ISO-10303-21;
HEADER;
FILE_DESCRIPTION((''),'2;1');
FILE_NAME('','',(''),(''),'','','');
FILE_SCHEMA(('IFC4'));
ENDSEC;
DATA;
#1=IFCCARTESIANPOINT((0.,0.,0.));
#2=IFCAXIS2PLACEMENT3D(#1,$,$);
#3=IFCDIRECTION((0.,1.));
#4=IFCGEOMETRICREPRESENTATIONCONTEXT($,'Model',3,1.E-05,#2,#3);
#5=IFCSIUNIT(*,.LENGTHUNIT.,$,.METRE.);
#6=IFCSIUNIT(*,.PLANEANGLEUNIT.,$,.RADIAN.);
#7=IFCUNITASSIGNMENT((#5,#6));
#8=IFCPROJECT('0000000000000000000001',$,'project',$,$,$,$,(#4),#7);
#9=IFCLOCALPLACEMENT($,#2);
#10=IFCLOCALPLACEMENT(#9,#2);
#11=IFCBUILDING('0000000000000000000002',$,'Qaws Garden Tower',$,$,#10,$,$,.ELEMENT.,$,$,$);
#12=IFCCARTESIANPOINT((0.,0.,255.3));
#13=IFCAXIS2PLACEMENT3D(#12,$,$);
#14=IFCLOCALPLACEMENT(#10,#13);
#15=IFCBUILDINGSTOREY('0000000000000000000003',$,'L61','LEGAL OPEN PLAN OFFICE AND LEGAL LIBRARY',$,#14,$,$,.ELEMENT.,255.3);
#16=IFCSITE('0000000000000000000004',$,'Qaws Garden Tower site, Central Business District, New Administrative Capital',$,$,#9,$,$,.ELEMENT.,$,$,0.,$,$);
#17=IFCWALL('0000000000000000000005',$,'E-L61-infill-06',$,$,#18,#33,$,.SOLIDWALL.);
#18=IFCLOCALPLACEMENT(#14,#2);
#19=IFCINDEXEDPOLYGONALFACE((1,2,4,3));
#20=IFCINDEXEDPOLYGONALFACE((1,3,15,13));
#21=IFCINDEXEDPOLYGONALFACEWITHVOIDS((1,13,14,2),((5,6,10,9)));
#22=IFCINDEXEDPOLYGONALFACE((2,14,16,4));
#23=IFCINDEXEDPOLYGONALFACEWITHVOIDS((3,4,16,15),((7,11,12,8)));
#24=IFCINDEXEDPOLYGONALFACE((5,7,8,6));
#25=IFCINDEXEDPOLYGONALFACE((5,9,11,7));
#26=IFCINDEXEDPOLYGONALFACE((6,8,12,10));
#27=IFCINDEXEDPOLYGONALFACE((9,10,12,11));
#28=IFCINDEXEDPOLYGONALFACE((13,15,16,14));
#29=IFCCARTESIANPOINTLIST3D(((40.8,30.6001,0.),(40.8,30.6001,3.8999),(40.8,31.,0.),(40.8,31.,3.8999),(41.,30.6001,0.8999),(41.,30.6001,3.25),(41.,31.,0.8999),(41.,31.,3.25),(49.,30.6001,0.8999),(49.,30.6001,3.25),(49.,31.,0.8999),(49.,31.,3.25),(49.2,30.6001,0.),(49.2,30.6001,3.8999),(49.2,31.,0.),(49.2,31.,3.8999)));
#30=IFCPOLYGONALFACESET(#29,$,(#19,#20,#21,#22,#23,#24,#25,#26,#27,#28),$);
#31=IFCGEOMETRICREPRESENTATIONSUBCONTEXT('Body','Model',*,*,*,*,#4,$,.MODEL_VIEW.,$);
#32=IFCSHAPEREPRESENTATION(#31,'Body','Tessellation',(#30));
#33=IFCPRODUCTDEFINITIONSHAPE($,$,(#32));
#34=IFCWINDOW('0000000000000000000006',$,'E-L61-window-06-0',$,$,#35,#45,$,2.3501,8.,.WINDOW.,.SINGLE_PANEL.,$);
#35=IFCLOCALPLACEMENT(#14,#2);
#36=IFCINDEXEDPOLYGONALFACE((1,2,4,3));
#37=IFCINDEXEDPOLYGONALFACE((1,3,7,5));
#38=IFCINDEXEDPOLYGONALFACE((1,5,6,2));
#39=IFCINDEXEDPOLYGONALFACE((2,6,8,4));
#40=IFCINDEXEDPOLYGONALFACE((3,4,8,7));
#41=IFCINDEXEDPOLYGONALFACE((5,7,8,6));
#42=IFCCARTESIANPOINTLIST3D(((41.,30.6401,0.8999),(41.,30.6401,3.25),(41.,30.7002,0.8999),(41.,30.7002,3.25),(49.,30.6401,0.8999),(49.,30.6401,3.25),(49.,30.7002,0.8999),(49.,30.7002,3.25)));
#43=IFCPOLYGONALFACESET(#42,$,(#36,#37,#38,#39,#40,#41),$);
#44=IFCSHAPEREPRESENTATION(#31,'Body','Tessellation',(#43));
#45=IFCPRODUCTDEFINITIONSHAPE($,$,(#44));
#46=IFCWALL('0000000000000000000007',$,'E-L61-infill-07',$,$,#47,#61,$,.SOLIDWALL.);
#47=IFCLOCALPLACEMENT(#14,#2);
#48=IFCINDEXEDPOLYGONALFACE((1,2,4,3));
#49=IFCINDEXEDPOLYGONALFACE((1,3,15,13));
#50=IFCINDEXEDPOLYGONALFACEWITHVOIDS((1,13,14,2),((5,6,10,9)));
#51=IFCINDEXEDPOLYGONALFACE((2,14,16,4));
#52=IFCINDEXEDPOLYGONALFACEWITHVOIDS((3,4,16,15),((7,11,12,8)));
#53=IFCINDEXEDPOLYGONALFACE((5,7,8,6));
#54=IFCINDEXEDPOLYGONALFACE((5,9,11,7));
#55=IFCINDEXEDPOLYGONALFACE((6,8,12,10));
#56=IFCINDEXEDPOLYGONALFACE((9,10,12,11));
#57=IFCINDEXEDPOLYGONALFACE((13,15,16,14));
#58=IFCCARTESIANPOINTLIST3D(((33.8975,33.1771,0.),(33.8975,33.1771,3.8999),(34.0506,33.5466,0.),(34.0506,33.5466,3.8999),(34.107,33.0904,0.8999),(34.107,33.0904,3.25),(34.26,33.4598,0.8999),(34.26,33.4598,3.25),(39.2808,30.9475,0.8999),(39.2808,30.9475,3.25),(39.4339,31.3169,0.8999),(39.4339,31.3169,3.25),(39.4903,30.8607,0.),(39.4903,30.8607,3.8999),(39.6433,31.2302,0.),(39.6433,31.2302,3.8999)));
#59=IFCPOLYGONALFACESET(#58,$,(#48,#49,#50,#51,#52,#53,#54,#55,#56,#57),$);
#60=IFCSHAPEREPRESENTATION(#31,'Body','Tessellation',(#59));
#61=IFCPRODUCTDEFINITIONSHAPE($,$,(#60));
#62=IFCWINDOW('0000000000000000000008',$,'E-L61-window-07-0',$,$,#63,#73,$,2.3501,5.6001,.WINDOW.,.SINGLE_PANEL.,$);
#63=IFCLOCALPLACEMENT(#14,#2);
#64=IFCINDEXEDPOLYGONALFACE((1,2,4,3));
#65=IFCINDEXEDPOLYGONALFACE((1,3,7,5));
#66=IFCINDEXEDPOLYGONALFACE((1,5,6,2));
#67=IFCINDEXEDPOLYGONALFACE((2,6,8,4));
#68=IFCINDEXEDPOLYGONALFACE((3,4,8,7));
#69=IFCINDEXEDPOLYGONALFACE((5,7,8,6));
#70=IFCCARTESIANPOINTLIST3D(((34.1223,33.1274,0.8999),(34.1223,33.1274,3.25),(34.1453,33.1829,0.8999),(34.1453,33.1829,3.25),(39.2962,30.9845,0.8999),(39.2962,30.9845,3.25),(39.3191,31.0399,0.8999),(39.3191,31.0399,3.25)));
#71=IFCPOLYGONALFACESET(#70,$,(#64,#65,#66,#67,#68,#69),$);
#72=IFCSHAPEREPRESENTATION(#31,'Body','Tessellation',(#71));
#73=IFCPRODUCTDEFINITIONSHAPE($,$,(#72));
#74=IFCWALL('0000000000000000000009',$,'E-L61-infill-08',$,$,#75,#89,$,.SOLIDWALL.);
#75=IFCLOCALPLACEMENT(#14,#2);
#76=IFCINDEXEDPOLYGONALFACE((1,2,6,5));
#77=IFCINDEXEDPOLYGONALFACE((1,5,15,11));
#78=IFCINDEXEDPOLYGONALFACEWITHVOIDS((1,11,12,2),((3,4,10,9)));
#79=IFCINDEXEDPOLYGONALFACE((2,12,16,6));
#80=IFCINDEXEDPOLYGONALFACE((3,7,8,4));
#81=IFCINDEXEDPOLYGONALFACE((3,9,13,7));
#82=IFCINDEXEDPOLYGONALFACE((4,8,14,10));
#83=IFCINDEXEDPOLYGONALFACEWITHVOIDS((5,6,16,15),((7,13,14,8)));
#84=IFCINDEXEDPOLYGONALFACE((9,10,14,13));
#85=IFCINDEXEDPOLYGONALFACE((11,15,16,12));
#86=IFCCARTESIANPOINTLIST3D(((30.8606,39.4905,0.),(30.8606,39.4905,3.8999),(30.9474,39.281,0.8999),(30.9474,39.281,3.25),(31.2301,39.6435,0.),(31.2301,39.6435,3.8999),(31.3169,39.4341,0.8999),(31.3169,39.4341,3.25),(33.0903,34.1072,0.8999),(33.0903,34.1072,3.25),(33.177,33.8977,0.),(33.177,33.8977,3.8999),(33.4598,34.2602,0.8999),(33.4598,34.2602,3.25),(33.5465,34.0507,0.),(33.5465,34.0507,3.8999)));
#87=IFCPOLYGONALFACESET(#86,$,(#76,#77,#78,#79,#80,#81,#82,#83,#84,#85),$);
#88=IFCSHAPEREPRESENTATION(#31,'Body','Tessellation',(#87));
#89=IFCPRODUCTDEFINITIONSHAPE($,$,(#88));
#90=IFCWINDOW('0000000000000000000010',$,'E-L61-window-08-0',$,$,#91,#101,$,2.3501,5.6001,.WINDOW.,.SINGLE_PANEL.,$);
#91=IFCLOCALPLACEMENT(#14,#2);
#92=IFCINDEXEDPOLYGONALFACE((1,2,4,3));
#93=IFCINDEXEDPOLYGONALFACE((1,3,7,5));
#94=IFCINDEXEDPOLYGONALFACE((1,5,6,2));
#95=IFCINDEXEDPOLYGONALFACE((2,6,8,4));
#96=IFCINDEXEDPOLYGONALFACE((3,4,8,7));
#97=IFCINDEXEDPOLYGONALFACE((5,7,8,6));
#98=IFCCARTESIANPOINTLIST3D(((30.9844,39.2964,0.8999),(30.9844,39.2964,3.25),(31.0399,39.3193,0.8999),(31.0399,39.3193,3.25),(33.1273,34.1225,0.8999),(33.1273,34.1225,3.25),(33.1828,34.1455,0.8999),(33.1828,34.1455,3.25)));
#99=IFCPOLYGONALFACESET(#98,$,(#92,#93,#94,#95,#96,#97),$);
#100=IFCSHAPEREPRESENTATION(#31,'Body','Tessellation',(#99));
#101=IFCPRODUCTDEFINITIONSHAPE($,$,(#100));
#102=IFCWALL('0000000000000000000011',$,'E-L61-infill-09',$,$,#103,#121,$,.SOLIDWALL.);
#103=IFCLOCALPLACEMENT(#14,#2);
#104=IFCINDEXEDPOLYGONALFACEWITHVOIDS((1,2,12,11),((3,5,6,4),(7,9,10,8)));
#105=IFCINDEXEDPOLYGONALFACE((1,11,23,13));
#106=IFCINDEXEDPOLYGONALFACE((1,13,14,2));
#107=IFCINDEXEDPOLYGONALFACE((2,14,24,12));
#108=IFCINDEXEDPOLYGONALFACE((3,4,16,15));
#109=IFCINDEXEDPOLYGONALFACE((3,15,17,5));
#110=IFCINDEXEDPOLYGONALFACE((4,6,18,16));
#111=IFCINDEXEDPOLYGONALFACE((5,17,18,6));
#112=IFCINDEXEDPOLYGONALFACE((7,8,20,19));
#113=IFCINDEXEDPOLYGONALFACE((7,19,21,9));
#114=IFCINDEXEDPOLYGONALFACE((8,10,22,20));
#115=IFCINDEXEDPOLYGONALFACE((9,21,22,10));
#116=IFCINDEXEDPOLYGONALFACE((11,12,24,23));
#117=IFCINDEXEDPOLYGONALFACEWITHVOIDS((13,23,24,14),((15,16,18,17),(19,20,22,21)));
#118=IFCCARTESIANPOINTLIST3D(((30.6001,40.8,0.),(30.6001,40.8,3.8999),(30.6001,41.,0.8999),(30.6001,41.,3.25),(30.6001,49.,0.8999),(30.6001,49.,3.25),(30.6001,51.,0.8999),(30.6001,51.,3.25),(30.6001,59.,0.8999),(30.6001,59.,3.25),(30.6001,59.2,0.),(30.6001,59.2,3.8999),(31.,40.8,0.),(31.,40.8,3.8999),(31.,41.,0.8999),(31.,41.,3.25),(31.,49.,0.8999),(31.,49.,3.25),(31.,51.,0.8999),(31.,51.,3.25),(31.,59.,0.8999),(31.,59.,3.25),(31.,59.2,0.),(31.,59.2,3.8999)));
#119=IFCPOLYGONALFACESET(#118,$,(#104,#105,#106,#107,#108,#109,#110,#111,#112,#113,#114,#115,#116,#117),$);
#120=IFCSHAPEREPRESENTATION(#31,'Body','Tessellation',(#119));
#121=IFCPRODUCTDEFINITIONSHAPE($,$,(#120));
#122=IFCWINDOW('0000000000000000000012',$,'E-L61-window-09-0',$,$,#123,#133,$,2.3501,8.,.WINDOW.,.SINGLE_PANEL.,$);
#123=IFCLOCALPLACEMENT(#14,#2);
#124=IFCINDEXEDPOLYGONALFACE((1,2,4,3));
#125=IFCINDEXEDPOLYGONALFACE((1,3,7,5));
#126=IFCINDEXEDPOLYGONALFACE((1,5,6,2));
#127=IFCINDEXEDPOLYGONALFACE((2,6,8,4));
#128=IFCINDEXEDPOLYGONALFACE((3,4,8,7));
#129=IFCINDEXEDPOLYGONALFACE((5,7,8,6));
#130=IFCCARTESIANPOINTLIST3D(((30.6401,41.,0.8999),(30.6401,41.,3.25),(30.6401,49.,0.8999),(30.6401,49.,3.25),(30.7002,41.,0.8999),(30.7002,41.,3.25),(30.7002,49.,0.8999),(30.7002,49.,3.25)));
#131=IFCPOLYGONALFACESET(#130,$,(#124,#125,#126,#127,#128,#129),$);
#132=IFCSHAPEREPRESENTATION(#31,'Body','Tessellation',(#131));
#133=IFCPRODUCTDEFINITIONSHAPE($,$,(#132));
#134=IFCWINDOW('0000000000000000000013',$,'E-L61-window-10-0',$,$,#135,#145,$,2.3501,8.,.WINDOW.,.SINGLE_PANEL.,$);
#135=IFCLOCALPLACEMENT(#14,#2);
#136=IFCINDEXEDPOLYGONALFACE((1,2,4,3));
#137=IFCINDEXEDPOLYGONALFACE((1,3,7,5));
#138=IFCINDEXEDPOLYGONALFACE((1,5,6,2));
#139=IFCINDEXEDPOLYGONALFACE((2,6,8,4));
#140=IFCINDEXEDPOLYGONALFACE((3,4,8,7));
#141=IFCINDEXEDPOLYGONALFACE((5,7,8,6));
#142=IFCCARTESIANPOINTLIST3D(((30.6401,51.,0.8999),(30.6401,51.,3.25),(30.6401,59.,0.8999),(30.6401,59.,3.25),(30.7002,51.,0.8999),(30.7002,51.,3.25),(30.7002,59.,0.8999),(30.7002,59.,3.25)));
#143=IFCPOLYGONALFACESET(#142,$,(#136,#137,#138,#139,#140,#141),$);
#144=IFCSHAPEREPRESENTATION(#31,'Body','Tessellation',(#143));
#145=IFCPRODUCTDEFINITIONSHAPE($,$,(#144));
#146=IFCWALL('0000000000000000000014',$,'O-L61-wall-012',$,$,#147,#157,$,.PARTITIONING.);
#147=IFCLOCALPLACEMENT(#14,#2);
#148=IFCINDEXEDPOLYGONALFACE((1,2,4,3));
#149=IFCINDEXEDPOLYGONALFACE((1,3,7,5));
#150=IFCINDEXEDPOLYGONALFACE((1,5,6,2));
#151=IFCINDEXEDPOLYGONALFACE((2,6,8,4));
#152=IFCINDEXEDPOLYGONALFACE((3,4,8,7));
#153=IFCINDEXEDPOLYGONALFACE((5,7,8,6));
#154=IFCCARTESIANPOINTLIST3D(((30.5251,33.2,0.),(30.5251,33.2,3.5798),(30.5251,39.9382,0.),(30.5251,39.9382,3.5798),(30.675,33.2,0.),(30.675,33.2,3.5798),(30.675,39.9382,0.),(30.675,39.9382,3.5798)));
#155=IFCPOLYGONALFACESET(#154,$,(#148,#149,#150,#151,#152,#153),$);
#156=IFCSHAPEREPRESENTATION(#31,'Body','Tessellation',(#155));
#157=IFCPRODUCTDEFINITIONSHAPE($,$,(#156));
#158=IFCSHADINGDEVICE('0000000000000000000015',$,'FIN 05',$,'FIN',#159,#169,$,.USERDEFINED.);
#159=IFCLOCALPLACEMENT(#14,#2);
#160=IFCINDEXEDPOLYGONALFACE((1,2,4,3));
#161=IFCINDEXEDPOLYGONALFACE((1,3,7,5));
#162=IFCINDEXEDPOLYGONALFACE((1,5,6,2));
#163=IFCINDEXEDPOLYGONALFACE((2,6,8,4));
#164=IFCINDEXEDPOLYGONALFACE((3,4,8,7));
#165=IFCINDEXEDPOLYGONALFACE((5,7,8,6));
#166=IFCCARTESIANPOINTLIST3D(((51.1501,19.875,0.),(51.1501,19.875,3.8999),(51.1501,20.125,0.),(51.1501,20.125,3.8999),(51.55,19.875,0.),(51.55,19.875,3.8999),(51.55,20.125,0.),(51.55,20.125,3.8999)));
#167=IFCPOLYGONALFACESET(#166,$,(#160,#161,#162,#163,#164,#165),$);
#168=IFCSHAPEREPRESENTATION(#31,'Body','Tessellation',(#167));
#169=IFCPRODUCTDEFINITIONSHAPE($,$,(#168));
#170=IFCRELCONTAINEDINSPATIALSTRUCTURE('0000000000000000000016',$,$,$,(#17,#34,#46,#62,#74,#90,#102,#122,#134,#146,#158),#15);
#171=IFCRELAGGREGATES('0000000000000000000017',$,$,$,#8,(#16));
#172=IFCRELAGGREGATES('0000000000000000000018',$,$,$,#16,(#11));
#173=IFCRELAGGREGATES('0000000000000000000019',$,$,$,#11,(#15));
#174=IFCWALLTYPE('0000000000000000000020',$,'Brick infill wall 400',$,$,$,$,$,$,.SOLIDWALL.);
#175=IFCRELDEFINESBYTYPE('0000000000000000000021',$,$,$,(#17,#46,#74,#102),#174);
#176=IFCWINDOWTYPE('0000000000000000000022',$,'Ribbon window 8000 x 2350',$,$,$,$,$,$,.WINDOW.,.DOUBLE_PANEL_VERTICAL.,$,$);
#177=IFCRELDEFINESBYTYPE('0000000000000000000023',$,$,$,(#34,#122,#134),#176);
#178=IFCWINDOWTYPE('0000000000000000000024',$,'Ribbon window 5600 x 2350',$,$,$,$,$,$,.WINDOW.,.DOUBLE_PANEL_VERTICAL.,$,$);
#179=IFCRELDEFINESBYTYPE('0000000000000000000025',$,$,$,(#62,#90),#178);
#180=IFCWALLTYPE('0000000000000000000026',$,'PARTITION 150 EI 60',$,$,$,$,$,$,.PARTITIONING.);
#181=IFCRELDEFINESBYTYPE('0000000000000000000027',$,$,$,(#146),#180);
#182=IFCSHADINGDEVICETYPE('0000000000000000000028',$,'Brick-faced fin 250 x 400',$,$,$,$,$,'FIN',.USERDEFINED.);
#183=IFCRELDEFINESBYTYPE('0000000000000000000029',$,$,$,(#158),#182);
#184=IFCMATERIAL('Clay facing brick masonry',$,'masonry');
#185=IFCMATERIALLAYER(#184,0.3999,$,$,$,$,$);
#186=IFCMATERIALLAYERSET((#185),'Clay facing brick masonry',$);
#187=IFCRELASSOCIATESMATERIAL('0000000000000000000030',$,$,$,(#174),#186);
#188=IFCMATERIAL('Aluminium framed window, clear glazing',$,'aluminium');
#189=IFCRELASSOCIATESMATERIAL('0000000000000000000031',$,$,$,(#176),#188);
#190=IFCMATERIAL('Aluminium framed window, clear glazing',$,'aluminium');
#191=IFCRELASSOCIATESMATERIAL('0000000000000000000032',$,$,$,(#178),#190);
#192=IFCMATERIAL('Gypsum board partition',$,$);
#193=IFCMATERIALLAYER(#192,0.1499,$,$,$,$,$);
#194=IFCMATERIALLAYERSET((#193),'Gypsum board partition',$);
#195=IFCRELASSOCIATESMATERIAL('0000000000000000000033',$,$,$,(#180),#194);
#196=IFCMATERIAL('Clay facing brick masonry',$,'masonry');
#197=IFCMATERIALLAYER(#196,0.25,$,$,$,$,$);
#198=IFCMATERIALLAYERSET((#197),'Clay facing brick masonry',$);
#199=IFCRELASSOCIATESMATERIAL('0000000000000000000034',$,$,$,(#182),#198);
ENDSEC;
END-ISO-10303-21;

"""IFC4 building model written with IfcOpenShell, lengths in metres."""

from ifc_helpers import new_model, si_unit, direction, frame, frame_2d, origin, origin_2d, place, context, subcontext, project, spatial, rectangle, extrude, material, layer, layer_set, type_object, element, fill, save


model = new_model("IFC4")

# Units and contexts
model_context = context("Model", 3, precision=1e-05, world=origin(), true_north=direction((0.0, 1.0)))
body_context = subcontext(model_context, "Body", "Model", "MODEL_VIEW")
ifc_project = project(units=[si_unit("LENGTHUNIT", "METRE"), si_unit("PLANEANGLEUNIT", "RADIAN")], contexts=[model_context])

# Site, building, storey
site_placement = place(None, origin())
site = spatial("IfcSite", under=ifc_project, at=site_placement, Name="Qaws Garden Tower site, Central Business District, New Administrative Capital", CompositionType="ELEMENT", RefElevation=0.0)
building_placement = place(site_placement, origin())
building = spatial("IfcBuilding", under=site, at=building_placement, Name="Qaws Garden Tower", CompositionType="ELEMENT")
storey_placement = place(building_placement, frame((0.0, 0.0, 255.3)))
storey = spatial("IfcBuildingStorey", under=building, at=storey_placement, Name="L61", Description="LEGAL OPEN PLAN OFFICE AND LEGAL LIBRARY", CompositionType="ELEMENT", Elevation=255.3)

# Walls, openings, windows
ifc_material_1 = material(Name="Clay facing brick masonry", Category="masonry")
ifc_layer_1 = layer(ifc_material_1, 0.3999)
ifc_layer_set_1 = layer_set([ifc_layer_1], Name="Clay facing brick masonry")
wall_type_1 = type_object("IfcWallType", Name="Brick infill wall 400", PredefinedType="SOLIDWALL", material=ifc_layer_set_1)
wall_1_placement = place(storey_placement, frame((49.2, 30.8, 0.0), z_axis=(0.0, 0.0, 1.0), x_axis=(-1.0, 0.0, 0.0)))
wall_1 = element("IfcWall", 1, at=wall_1_placement, inside=storey, type_object=wall_type_1, Name="E-L61-infill-06", PredefinedType="SOLIDWALL", context=body_context, shape_type="SweptSolid", body=[
    extrude(rectangle(XDim=8.3999, YDim=0.3999, at=frame_2d((4.2, 0.0))), origin(), (0.0, 0.0, 1.0), 3.8999),
])
opening_1_placement = place(wall_1_placement, frame((0.2, 0.0, 0.8999)))
opening_1 = element("IfcOpeningElement", 2, at=opening_1_placement, cuts=wall_1, PredefinedType="OPENING", context=body_context, shape_type="SweptSolid", body=[
    extrude(rectangle(XDim=8.0, YDim=2.3501, at=frame_2d((4.0, 1.175))), frame((0.0, 0.21, 0.0), z_axis=(0.0, -1.0, 0.0), x_axis=(1.0, 0.0, 0.0)), (0.0, 0.0, 1.0), 0.4199),
])
ifc_material_2 = material(Name="Aluminium framed window, clear glazing", Category="aluminium")
window_type_1 = type_object("IfcWindowType", Name="Ribbon window 8000 x 2350", PartitioningType="DOUBLE_PANEL_VERTICAL", PredefinedType="WINDOW", material=ifc_material_2)
window_1_placement = place(opening_1_placement, origin())
window_1 = element("IfcWindow", 3, at=window_1_placement, inside=storey, type_object=window_type_1, Name="E-L61-window-06-0", OverallHeight=2.3501, OverallWidth=8.0, PartitioningType="SINGLE_PANEL", PredefinedType="WINDOW", context=body_context, shape_type="SweptSolid", body=[
    extrude(rectangle(XDim=8.0, YDim=2.3501, at=frame_2d((4.0, 1.175))), frame((0.0, 0.1599, 0.0), z_axis=(0.0, -1.0, 0.0), x_axis=(1.0, 0.0, 0.0)), (0.0, 0.0, 1.0), 0.0601),
])
fill(opening_1, window_1)
wall_2_placement = place(storey_placement, frame((39.5669, 31.0454, 0.0), z_axis=(0.0, 0.0, 1.0), x_axis=(-0.923891, 0.382656, 0.0)))
wall_2 = element("IfcWall", 4, at=wall_2_placement, inside=storey, type_object=wall_type_1, Name="E-L61-infill-07", PredefinedType="SOLIDWALL", context=body_context, shape_type="SweptSolid", body=[
    extrude(rectangle(XDim=6.0535, YDim=0.3999, at=frame_2d((3.0269, 0.0))), origin(), (0.0, 0.0, 1.0), 3.8999),
])
opening_2_placement = place(wall_2_placement, frame((0.2268, 0.0, 0.8999)))
opening_2 = element("IfcOpeningElement", 5, at=opening_2_placement, cuts=wall_2, PredefinedType="OPENING", context=body_context, shape_type="SweptSolid", body=[
    extrude(rectangle(XDim=5.6001, YDim=2.3501, at=frame_2d((2.8, 1.175))), frame((0.0, 0.21, 0.0), z_axis=(0.0, -1.0, 0.0), x_axis=(1.0, 0.0, 0.0)), (0.0, 0.0, 1.0), 0.4199),
])
ifc_material_3 = material(Name="Aluminium framed window, clear glazing", Category="aluminium")
window_type_2 = type_object("IfcWindowType", Name="Ribbon window 5600 x 2350", PartitioningType="DOUBLE_PANEL_VERTICAL", PredefinedType="WINDOW", material=ifc_material_3)
window_2_placement = place(opening_2_placement, origin())
window_2 = element("IfcWindow", 6, at=window_2_placement, inside=storey, type_object=window_type_2, Name="E-L61-window-07-0", OverallHeight=2.3501, OverallWidth=5.6001, PartitioningType="SINGLE_PANEL", PredefinedType="WINDOW", context=body_context, shape_type="SweptSolid", body=[
    extrude(rectangle(XDim=5.6001, YDim=2.3501, at=frame_2d((2.8, 1.175))), frame((0.0, 0.1599, 0.0), z_axis=(0.0, -1.0, 0.0), x_axis=(1.0, 0.0, 0.0)), (0.0, 0.0, 1.0), 0.0601),
])
fill(opening_2, window_2)
wall_3_placement = place(storey_placement, frame((33.3618, 33.9741, 0.0), z_axis=(0.0, 0.0, 1.0), x_axis=(-0.382656, 0.923891, 0.0)))
wall_3 = element("IfcWall", 7, at=wall_3_placement, inside=storey, type_object=wall_type_1, Name="E-L61-infill-08", PredefinedType="SOLIDWALL", context=body_context, shape_type="SweptSolid", body=[
    extrude(rectangle(XDim=6.0535, YDim=0.3999, at=frame_2d((3.0269, 0.0))), origin(), (0.0, 0.0, 1.0), 3.8999),
])
opening_3_placement = place(wall_3_placement, frame((0.2268, 0.0, 0.8999)))
opening_3 = element("IfcOpeningElement", 8, at=opening_3_placement, cuts=wall_3, PredefinedType="OPENING", context=body_context, shape_type="SweptSolid", body=[
    extrude(rectangle(XDim=5.6001, YDim=2.3501, at=frame_2d((2.8, 1.175))), frame((0.0, 0.21, 0.0), z_axis=(0.0, -1.0, 0.0), x_axis=(1.0, 0.0, 0.0)), (0.0, 0.0, 1.0), 0.4199),
])
window_3_placement = place(opening_3_placement, origin())
window_3 = element("IfcWindow", 9, at=window_3_placement, inside=storey, type_object=window_type_2, Name="E-L61-window-08-0", OverallHeight=2.3501, OverallWidth=5.6001, PartitioningType="SINGLE_PANEL", PredefinedType="WINDOW", context=body_context, shape_type="SweptSolid", body=[
    extrude(rectangle(XDim=5.6001, YDim=2.3501, at=frame_2d((2.8, 1.175))), frame((0.0, 0.1599, 0.0), z_axis=(0.0, -1.0, 0.0), x_axis=(1.0, 0.0, 0.0)), (0.0, 0.0, 1.0), 0.0601),
])
fill(opening_3, window_3)

# Wall, openings, windows
wall_4_placement = place(storey_placement, frame((30.8, 40.8, 0.0), z_axis=(0.0, 0.0, 1.0), x_axis=(0.0, 1.0, 0.0)))
wall_4 = element("IfcWall", 10, at=wall_4_placement, inside=storey, type_object=wall_type_1, Name="E-L61-infill-09", PredefinedType="SOLIDWALL", context=body_context, shape_type="SweptSolid", body=[
    extrude(rectangle(XDim=18.3999, YDim=0.3999, at=frame_2d((9.2, 0.0))), origin(), (0.0, 0.0, 1.0), 3.8999),
])
opening_4_placement = place(wall_4_placement, frame((0.2, 0.0, 0.8999)))
opening_4 = element("IfcOpeningElement", 11, at=opening_4_placement, cuts=wall_4, PredefinedType="OPENING", context=body_context, shape_type="SweptSolid", body=[
    extrude(rectangle(XDim=8.0, YDim=2.3501, at=frame_2d((4.0, 1.175))), frame((0.0, 0.21, 0.0), z_axis=(0.0, -1.0, 0.0), x_axis=(1.0, 0.0, 0.0)), (0.0, 0.0, 1.0), 0.4199),
])
opening_5_placement = place(wall_4_placement, frame((10.2, 0.0, 0.8999)))
opening_5 = element("IfcOpeningElement", 12, at=opening_5_placement, cuts=wall_4, PredefinedType="OPENING", context=body_context, shape_type="SweptSolid", body=[
    extrude(rectangle(XDim=8.0, YDim=2.3501, at=frame_2d((4.0, 1.175))), frame((0.0, 0.21, 0.0), z_axis=(0.0, -1.0, 0.0), x_axis=(1.0, 0.0, 0.0)), (0.0, 0.0, 1.0), 0.4199),
])
window_4_placement = place(opening_4_placement, origin())
window_4 = element("IfcWindow", 13, at=window_4_placement, inside=storey, type_object=window_type_1, Name="E-L61-window-09-0", OverallHeight=2.3501, OverallWidth=8.0, PartitioningType="SINGLE_PANEL", PredefinedType="WINDOW", context=body_context, shape_type="SweptSolid", body=[
    extrude(rectangle(XDim=8.0, YDim=2.3501, at=frame_2d((4.0, 1.175))), frame((0.0, 0.1599, 0.0), z_axis=(0.0, -1.0, 0.0), x_axis=(1.0, 0.0, 0.0)), (0.0, 0.0, 1.0), 0.0601),
])
fill(opening_4, window_4)
window_5_placement = place(opening_5_placement, origin())
window_5 = element("IfcWindow", 14, at=window_5_placement, inside=storey, type_object=window_type_1, Name="E-L61-window-10-0", OverallHeight=2.3501, OverallWidth=8.0, PartitioningType="SINGLE_PANEL", PredefinedType="WINDOW", context=body_context, shape_type="SweptSolid", body=[
    extrude(rectangle(XDim=8.0, YDim=2.3501, at=frame_2d((4.0, 1.175))), frame((0.0, 0.1599, 0.0), z_axis=(0.0, -1.0, 0.0), x_axis=(1.0, 0.0, 0.0)), (0.0, 0.0, 1.0), 0.0601),
])
fill(opening_5, window_5)

# Wall
ifc_material_4 = material(Name="Gypsum board partition")
ifc_layer_2 = layer(ifc_material_4, 0.1499)
ifc_layer_set_2 = layer_set([ifc_layer_2], Name="Gypsum board partition")
wall_type_2 = type_object("IfcWallType", Name="PARTITION 150 EI 60", PredefinedType="PARTITIONING", material=ifc_layer_set_2)
wall_5_placement = place(storey_placement, frame((30.6001, 33.2, 0.0), z_axis=(0.0, 0.0, 1.0), x_axis=(0.0, 1.0, 0.0)))
element("IfcWall", 15, at=wall_5_placement, inside=storey, type_object=wall_type_2, Name="O-L61-wall-012", PredefinedType="PARTITIONING", context=body_context, shape_type="SweptSolid", body=[
    extrude(rectangle(XDim=6.7383, YDim=0.1499, at=frame_2d((3.3691, 0.0))), origin(), (0.0, 0.0, 1.0), 3.5798),
])

# Shading device
ifc_material_5 = material(Name="Clay facing brick masonry", Category="masonry")
ifc_layer_3 = layer(ifc_material_5, 0.25)
ifc_layer_set_3 = layer_set([ifc_layer_3], Name="Clay facing brick masonry")
shading_device_type = type_object("IfcShadingDeviceType", Name="Brick-faced fin 250 x 400", ElementType="FIN", PredefinedType="USERDEFINED", material=ifc_layer_set_3)
shading_device_placement = place(storey_placement, frame((51.3501, 20.0, 0.0), z_axis=(0.0, 0.0, 1.0), x_axis=(0.0, 1.0, 0.0)))
element("IfcShadingDevice", 16, at=shading_device_placement, inside=storey, type_object=shading_device_type, Name="FIN 05", ObjectType="FIN", PredefinedType="USERDEFINED", context=body_context, shape_type="SweptSolid", body=[
    extrude(rectangle(XDim=0.25, YDim=0.3999, at=origin_2d()), origin(), (0.0, 0.0, 1.0), 3.8999),
])

save(model, "model.ifc")
